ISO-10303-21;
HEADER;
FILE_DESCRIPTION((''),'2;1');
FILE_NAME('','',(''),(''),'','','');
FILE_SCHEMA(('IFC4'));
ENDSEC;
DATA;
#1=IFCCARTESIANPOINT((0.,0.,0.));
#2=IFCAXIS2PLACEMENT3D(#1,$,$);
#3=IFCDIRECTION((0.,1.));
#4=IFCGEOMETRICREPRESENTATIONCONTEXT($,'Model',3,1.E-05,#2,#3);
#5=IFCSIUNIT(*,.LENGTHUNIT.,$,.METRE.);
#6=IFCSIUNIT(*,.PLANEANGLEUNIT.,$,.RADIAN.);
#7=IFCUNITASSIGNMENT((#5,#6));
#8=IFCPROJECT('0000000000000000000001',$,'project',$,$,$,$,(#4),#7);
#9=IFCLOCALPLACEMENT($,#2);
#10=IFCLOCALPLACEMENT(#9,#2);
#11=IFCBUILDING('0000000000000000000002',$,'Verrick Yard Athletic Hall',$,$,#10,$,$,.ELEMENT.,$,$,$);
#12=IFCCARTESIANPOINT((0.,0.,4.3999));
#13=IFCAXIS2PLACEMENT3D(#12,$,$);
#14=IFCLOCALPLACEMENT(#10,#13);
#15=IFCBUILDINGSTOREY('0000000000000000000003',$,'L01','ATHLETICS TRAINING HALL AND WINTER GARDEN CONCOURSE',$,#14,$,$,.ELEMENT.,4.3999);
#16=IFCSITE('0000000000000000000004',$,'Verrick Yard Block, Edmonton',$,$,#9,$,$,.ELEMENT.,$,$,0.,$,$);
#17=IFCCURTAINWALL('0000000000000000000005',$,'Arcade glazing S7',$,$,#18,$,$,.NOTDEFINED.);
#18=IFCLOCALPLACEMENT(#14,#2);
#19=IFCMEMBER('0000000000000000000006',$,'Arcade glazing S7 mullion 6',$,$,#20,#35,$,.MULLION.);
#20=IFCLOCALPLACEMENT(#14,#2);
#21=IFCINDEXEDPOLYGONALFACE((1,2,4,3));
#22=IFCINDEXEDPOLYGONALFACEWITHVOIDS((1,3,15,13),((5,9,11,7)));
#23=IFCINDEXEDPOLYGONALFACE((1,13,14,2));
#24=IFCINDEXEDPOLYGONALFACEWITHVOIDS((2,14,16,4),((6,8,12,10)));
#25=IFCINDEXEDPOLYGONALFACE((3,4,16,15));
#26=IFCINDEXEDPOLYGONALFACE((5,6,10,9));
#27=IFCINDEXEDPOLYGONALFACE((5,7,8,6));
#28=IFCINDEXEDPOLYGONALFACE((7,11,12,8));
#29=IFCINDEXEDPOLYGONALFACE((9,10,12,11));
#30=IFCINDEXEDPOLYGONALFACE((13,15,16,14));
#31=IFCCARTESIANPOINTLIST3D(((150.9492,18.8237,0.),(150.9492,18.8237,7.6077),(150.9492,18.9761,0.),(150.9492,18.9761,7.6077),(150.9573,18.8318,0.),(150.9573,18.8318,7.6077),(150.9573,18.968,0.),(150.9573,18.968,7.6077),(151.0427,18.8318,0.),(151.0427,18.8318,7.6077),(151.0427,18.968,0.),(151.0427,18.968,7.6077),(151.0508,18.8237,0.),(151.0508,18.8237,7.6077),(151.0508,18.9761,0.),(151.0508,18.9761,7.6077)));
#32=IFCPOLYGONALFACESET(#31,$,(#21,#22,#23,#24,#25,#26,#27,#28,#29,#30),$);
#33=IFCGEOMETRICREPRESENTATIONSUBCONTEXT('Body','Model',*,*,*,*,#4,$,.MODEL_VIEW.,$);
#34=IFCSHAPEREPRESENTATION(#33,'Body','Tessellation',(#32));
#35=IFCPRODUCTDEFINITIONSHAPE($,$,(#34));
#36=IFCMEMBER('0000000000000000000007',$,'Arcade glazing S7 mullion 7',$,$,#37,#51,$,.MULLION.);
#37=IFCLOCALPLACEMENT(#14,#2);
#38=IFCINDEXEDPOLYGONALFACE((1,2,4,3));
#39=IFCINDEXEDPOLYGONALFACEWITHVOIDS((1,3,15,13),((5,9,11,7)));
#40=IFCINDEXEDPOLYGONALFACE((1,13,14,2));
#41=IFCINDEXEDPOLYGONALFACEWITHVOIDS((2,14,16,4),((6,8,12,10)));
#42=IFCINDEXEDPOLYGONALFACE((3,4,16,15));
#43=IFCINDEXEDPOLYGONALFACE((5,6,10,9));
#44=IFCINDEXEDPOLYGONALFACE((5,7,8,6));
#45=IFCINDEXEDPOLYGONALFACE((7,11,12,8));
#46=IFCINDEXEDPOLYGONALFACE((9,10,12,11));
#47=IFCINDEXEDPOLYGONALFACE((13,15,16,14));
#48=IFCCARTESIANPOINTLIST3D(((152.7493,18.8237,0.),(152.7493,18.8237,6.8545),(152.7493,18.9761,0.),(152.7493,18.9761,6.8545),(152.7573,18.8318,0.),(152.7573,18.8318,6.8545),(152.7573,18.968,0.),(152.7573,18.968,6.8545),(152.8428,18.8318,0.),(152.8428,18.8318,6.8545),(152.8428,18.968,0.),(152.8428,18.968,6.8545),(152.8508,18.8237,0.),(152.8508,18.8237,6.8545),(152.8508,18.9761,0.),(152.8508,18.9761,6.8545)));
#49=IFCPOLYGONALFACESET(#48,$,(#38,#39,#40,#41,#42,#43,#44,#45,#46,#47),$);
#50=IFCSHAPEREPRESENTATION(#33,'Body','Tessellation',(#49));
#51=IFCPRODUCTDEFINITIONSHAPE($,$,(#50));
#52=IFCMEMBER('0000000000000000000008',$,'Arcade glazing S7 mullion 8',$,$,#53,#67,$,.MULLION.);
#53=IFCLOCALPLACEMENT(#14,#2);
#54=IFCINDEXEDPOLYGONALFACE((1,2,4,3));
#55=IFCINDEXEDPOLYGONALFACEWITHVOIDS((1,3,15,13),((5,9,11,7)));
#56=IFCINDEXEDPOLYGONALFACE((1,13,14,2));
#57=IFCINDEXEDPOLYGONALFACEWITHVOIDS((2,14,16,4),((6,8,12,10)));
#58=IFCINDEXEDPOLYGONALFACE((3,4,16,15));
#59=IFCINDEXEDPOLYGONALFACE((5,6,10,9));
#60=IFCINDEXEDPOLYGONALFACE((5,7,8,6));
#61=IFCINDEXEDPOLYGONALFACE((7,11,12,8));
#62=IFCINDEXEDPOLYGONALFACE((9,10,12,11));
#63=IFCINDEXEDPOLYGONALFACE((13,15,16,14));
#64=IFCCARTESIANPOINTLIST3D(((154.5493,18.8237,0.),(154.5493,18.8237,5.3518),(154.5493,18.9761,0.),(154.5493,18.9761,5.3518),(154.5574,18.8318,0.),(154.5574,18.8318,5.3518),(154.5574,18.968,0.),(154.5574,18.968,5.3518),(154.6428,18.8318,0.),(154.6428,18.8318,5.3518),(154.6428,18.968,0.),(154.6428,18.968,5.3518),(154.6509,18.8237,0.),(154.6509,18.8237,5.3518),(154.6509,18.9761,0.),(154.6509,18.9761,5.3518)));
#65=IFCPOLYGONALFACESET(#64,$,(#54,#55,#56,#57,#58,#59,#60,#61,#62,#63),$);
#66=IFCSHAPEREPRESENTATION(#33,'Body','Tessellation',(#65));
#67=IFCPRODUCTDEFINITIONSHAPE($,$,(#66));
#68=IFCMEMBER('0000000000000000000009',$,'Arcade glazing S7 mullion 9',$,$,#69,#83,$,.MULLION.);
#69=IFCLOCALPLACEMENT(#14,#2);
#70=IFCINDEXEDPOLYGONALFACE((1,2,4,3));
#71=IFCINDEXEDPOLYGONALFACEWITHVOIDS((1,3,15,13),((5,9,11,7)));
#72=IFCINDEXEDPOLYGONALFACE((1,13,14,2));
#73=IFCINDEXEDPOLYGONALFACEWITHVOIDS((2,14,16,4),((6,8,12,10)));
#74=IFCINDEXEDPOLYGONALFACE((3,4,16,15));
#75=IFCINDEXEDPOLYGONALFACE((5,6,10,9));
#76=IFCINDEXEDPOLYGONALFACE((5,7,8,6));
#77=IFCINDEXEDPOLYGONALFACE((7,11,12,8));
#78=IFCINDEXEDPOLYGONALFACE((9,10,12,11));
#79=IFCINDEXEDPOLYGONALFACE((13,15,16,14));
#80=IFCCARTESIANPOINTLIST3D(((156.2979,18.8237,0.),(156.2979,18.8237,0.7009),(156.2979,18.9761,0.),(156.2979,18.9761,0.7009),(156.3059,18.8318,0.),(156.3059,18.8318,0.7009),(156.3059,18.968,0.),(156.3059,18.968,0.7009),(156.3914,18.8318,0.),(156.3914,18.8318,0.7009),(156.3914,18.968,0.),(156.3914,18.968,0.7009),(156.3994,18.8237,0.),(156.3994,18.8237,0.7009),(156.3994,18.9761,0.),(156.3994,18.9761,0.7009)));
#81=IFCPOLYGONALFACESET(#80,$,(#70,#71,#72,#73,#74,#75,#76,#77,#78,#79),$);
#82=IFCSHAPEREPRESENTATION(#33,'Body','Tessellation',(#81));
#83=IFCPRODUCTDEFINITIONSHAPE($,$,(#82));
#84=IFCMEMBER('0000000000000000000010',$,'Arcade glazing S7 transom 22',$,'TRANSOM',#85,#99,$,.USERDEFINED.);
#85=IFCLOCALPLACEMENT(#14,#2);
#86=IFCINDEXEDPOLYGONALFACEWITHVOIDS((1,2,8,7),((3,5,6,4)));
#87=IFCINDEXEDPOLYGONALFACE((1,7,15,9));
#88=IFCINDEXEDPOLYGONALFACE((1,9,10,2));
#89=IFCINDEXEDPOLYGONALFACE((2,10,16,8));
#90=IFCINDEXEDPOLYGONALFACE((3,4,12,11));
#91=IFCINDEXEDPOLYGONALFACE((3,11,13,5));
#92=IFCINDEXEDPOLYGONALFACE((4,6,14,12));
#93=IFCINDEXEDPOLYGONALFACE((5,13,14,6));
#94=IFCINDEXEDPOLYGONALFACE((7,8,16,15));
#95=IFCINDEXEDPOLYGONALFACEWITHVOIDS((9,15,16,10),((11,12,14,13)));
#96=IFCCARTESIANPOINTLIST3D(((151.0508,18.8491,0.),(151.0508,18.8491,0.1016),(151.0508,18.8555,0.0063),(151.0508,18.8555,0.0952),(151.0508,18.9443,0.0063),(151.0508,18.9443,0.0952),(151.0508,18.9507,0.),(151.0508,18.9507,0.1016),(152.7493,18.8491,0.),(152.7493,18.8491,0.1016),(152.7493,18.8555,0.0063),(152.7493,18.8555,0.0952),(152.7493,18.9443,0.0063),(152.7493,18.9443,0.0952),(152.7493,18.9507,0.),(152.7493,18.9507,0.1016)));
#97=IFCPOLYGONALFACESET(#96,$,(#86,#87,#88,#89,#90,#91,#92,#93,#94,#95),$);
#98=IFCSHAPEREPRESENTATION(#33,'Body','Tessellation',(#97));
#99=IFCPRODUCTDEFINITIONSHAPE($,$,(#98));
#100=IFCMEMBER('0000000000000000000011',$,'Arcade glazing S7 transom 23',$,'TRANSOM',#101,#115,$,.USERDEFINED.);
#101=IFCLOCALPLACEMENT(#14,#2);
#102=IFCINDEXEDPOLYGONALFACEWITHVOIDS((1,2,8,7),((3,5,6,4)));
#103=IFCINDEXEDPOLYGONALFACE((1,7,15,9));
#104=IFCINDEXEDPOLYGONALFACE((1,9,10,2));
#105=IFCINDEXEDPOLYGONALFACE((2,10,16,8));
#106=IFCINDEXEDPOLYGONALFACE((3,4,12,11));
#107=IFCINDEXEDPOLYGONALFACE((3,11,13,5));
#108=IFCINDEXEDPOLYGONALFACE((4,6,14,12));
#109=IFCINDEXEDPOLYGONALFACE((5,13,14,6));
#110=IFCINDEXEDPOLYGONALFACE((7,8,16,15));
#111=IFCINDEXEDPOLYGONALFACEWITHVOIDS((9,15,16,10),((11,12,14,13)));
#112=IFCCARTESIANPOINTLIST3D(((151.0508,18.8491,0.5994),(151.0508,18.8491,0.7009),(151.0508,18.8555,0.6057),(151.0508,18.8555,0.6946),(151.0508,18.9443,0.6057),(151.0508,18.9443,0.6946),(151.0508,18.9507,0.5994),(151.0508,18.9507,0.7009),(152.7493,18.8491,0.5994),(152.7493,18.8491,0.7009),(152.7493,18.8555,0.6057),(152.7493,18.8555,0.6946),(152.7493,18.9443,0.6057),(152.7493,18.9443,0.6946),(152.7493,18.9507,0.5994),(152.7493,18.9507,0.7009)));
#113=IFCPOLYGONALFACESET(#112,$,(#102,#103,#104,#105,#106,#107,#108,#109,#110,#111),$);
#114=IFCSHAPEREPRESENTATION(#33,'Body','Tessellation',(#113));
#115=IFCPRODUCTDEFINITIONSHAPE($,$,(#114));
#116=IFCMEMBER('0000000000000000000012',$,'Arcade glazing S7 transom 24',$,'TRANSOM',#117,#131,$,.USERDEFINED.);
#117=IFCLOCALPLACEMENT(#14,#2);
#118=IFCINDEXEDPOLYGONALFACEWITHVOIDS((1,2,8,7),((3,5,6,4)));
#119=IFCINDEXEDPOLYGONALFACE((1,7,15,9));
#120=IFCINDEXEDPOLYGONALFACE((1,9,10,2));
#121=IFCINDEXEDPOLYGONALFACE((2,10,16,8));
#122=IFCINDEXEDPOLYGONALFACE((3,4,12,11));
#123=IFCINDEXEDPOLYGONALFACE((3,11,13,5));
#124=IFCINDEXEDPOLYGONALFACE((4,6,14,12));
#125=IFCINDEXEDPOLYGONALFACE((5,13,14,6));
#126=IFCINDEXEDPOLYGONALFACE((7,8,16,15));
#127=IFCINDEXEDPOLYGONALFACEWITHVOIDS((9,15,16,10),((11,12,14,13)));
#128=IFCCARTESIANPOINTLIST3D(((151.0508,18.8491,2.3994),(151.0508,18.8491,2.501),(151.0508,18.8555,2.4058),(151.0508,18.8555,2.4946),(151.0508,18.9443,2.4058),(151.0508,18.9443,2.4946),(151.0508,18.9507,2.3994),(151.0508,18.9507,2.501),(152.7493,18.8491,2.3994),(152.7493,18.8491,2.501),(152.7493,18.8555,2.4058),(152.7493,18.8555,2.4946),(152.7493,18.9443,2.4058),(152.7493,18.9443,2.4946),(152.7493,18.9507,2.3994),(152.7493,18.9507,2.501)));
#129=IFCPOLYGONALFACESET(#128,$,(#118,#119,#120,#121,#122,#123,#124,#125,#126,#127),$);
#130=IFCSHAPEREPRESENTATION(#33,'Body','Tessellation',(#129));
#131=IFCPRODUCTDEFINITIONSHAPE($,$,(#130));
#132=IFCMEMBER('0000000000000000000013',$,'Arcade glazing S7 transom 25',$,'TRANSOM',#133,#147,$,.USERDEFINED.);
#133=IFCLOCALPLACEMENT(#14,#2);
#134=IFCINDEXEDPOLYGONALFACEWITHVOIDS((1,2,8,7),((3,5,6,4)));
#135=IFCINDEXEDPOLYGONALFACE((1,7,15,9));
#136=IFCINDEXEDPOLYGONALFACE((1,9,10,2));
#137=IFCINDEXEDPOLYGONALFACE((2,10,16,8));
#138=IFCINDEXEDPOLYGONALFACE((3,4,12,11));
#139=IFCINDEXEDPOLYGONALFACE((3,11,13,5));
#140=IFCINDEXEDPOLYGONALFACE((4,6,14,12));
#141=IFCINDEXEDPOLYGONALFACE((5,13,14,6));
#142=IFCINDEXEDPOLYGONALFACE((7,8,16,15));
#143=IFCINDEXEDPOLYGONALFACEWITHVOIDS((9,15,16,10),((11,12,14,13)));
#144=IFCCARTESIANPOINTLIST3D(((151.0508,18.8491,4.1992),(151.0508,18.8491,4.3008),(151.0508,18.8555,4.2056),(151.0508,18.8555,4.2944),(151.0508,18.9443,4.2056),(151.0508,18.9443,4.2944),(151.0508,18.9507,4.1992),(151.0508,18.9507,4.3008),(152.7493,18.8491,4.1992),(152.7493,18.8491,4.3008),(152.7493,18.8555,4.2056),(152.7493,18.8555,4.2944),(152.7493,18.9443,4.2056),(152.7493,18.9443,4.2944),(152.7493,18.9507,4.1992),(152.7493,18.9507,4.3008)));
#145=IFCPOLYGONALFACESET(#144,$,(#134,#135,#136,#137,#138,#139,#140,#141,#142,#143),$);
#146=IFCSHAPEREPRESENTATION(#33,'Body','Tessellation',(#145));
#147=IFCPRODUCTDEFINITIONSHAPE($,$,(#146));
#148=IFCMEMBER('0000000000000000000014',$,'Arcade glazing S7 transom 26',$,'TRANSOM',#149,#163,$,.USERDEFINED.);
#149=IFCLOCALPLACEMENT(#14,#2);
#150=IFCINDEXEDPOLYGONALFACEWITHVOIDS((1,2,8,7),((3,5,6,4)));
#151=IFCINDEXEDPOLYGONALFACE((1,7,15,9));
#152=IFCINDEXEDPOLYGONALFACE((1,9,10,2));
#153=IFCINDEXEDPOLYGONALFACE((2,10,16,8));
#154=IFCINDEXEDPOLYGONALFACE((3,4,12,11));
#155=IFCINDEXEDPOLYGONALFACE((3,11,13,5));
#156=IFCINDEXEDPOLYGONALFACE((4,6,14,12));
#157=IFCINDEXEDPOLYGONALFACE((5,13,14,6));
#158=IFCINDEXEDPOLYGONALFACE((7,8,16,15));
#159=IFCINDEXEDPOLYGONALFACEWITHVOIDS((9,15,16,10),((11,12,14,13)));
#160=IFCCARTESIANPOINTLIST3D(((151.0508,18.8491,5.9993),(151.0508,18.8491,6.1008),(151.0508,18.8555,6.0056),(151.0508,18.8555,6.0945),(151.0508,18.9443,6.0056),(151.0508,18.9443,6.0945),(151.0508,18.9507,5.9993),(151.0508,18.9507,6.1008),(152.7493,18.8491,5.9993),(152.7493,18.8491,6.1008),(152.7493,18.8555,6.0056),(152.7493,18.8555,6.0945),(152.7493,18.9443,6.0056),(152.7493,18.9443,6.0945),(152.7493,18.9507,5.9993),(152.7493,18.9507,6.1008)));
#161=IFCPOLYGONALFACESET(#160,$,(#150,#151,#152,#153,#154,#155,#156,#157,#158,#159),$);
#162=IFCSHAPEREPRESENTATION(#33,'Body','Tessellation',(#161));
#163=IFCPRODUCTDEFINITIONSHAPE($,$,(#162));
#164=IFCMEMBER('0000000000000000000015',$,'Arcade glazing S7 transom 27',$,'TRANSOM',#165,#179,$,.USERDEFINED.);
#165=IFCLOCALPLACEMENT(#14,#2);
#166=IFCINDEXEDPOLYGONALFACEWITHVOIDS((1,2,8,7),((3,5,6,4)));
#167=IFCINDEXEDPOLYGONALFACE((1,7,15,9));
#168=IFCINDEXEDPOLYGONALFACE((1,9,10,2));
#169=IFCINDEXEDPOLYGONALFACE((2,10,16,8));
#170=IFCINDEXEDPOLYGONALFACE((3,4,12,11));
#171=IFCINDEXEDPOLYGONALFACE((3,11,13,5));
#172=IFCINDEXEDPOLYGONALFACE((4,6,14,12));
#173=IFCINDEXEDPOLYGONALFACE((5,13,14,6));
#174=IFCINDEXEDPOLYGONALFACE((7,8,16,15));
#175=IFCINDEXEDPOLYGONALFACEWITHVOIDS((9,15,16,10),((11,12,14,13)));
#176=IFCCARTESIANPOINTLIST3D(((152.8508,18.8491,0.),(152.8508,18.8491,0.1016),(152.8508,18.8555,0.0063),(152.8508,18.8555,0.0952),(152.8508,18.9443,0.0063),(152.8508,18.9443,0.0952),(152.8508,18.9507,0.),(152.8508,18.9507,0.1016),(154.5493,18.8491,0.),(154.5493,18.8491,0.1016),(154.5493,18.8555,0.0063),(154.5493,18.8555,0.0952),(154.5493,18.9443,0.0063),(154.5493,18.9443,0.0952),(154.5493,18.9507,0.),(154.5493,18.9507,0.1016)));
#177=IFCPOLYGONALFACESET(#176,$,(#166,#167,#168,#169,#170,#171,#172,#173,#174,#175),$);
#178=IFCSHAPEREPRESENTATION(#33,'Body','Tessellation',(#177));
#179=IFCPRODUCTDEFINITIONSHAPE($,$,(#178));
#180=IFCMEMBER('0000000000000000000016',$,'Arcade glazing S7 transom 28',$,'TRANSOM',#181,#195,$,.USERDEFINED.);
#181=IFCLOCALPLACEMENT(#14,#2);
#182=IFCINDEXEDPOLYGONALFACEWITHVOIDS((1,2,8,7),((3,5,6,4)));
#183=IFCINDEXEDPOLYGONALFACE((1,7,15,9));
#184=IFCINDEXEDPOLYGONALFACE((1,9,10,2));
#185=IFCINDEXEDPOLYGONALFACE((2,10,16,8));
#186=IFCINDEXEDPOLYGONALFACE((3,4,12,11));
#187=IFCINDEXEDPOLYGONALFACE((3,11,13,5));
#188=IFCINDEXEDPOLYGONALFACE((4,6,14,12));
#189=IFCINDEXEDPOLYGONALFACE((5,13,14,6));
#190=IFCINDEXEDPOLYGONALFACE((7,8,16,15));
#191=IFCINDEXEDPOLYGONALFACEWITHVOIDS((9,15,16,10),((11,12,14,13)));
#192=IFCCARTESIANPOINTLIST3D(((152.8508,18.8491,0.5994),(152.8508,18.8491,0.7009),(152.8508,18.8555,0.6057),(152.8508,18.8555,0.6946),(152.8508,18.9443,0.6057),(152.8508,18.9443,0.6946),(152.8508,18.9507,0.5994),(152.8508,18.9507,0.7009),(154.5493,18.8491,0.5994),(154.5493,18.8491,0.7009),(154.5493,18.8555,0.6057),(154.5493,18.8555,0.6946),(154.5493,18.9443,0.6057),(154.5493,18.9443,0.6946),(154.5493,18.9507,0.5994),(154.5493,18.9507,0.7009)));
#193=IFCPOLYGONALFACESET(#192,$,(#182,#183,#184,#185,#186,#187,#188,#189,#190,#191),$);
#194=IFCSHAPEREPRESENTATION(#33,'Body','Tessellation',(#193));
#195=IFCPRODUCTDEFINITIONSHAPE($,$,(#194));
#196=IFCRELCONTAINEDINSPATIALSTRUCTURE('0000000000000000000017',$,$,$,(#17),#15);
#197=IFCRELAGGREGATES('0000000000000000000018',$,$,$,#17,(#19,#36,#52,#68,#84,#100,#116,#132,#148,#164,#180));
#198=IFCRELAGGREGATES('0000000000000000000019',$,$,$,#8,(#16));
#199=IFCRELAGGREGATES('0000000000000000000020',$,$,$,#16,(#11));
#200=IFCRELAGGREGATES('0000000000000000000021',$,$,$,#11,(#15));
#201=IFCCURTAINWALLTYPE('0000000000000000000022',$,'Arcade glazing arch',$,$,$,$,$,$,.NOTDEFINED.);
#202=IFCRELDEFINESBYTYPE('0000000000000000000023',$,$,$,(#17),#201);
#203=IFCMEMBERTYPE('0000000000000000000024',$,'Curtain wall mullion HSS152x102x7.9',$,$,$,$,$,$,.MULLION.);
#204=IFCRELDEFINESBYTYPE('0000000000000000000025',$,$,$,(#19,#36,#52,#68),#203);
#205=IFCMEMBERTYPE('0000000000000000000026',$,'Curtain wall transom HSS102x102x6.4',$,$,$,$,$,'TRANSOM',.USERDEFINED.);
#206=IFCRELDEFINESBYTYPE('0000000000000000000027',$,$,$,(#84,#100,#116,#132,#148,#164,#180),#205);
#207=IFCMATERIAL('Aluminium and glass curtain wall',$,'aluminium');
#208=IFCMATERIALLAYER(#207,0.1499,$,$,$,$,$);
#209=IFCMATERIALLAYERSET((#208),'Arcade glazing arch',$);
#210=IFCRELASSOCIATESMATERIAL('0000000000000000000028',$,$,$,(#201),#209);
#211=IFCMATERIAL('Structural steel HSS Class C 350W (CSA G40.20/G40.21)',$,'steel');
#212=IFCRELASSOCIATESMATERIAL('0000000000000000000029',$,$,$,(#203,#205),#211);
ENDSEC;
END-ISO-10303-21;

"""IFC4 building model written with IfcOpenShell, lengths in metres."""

from ifc_helpers import new_model, si_unit, direction, frame, origin, origin_2d, place, context, subcontext, project, spatial, hollow_rectangle, extrude, material, layer, layer_set, material_profile, profile_set, type_object, element, aggregate, save


model = new_model("IFC4")

# Units and contexts
model_context = context("Model", 3, precision=1e-05, world=origin(), true_north=direction((0.0, 1.0)))
body_context = subcontext(model_context, "Body", "Model", "MODEL_VIEW")
ifc_project = project(units=[si_unit("LENGTHUNIT", "METRE"), si_unit("PLANEANGLEUNIT", "RADIAN")], contexts=[model_context])

# Site, building, storey
site_placement = place(None, origin())
site = spatial("IfcSite", under=ifc_project, at=site_placement, Name="Verrick Yard Block, Edmonton", CompositionType="ELEMENT", RefElevation=0.0)
building_placement = place(site_placement, origin())
building = spatial("IfcBuilding", under=site, at=building_placement, Name="Verrick Yard Athletic Hall", CompositionType="ELEMENT")
storey_placement = place(building_placement, frame((0.0, 0.0, 4.3999)))
storey = spatial("IfcBuildingStorey", under=building, at=storey_placement, Name="L01", Description="ATHLETICS TRAINING HALL AND WINTER GARDEN CONCOURSE", CompositionType="ELEMENT", Elevation=4.3999)

# Curtain wall, members
ifc_material_1 = material(Name="Aluminium and glass curtain wall", Category="aluminium")
ifc_layer_1 = layer(ifc_material_1, 0.1499)
ifc_layer_set_1 = layer_set([ifc_layer_1], Name="Arcade glazing arch")
curtain_wall_type = type_object("IfcCurtainWallType", Name="Arcade glazing arch", PredefinedType="NOTDEFINED", material=ifc_layer_set_1)
curtain_wall_placement = place(storey_placement, origin())
curtain_wall = element("IfcCurtainWall", 1, at=curtain_wall_placement, inside=storey, type_object=curtain_wall_type, Name="Arcade glazing S7", PredefinedType="NOTDEFINED")
ifc_material_2 = material(Name="Structural steel HSS Class C 350W (CSA G40.20/G40.21)", Category="steel")
ifc_material_profile_1 = material_profile(ifc_material_2, hollow_rectangle(XDim=0.1016, YDim=0.1523, WallThickness=0.0081, at=origin_2d()), Name="HSS152x102x7.9")
ifc_profile_set_1 = profile_set([ifc_material_profile_1], Name="Structural steel HSS Class C 350W (CSA G40.20/G40.21)")
member_type_1 = type_object("IfcMemberType", Name="Curtain wall mullion HSS152x102x7.9", PredefinedType="MULLION", material=ifc_profile_set_1)
member_1_placement = place(storey_placement, frame((151.0, 18.8999, 0.0), z_axis=(0.0, 0.0, 1.0), x_axis=(1.0, 0.0, 0.0)))
member_1 = element("IfcMember", 2, at=member_1_placement, type_object=member_type_1, Name="Arcade glazing S7 mullion 6", PredefinedType="MULLION", context=body_context, shape_type="SweptSolid", body=[
    extrude(hollow_rectangle(XDim=0.1016, YDim=0.1523, WallThickness=0.0081, at=origin_2d()), origin(), (0.0, 0.0, 1.0), 7.6077),
])
member_2_placement = place(storey_placement, frame((152.8, 18.8999, 0.0), z_axis=(0.0, 0.0, 1.0), x_axis=(1.0, 0.0, 0.0)))
member_2 = element("IfcMember", 3, at=member_2_placement, type_object=member_type_1, Name="Arcade glazing S7 mullion 7", PredefinedType="MULLION", context=body_context, shape_type="SweptSolid", body=[
    extrude(hollow_rectangle(XDim=0.1016, YDim=0.1523, WallThickness=0.0081, at=origin_2d()), origin(), (0.0, 0.0, 1.0), 6.8545),
])
member_3_placement = place(storey_placement, frame((154.6001, 18.8999, 0.0), z_axis=(0.0, 0.0, 1.0), x_axis=(1.0, 0.0, 0.0)))
member_3 = element("IfcMember", 4, at=member_3_placement, type_object=member_type_1, Name="Arcade glazing S7 mullion 8", PredefinedType="MULLION", context=body_context, shape_type="SweptSolid", body=[
    extrude(hollow_rectangle(XDim=0.1016, YDim=0.1523, WallThickness=0.0081, at=origin_2d()), origin(), (0.0, 0.0, 1.0), 5.3518),
])
member_4_placement = place(storey_placement, frame((156.3486, 18.8999, 0.0), z_axis=(0.0, 0.0, 1.0), x_axis=(1.0, 0.0, 0.0)))
member_4 = element("IfcMember", 5, at=member_4_placement, type_object=member_type_1, Name="Arcade glazing S7 mullion 9", PredefinedType="MULLION", context=body_context, shape_type="SweptSolid", body=[
    extrude(hollow_rectangle(XDim=0.1016, YDim=0.1523, WallThickness=0.0081, at=origin_2d()), origin(), (0.0, 0.0, 1.0), 0.7009),
])
ifc_material_profile_2 = material_profile(ifc_material_2, hollow_rectangle(XDim=0.1016, YDim=0.1016, WallThickness=0.0063, at=origin_2d()), Name="HSS102x102x6.4")
ifc_profile_set_2 = profile_set([ifc_material_profile_2], Name="Structural steel HSS Class C 350W (CSA G40.20/G40.21)")
member_type_2 = type_object("IfcMemberType", Name="Curtain wall transom HSS102x102x6.4", ElementType="TRANSOM", PredefinedType="USERDEFINED", material=ifc_profile_set_2)
member_5_placement = place(storey_placement, frame((151.0508, 18.8999, 0.0508), z_axis=(1.0, 0.0, 0.0), x_axis=(0.0, 1.0, 0.0)))
member_5 = element("IfcMember", 6, at=member_5_placement, type_object=member_type_2, Name="Arcade glazing S7 transom 22", ObjectType="TRANSOM", PredefinedType="USERDEFINED", context=body_context, shape_type="SweptSolid", body=[
    extrude(hollow_rectangle(XDim=0.1016, YDim=0.1016, WallThickness=0.0063, at=origin_2d()), origin(), (0.0, 0.0, 1.0), 1.6985),
])
member_6_placement = place(storey_placement, frame((151.0508, 18.8999, 0.6501), z_axis=(1.0, 0.0, 0.0), x_axis=(0.0, 1.0, 0.0)))
member_6 = element("IfcMember", 7, at=member_6_placement, type_object=member_type_2, Name="Arcade glazing S7 transom 23", ObjectType="TRANSOM", PredefinedType="USERDEFINED", context=body_context, shape_type="SweptSolid", body=[
    extrude(hollow_rectangle(XDim=0.1016, YDim=0.1016, WallThickness=0.0063, at=origin_2d()), origin(), (0.0, 0.0, 1.0), 1.6985),
])
member_7_placement = place(storey_placement, frame((151.0508, 18.8999, 2.4502), z_axis=(1.0, 0.0, 0.0), x_axis=(0.0, 1.0, 0.0)))
member_7 = element("IfcMember", 8, at=member_7_placement, type_object=member_type_2, Name="Arcade glazing S7 transom 24", ObjectType="TRANSOM", PredefinedType="USERDEFINED", context=body_context, shape_type="SweptSolid", body=[
    extrude(hollow_rectangle(XDim=0.1016, YDim=0.1016, WallThickness=0.0063, at=origin_2d()), origin(), (0.0, 0.0, 1.0), 1.6985),
])
member_8_placement = place(storey_placement, frame((151.0508, 18.8999, 4.25), z_axis=(1.0, 0.0, 0.0), x_axis=(0.0, 1.0, 0.0)))
member_8 = element("IfcMember", 9, at=member_8_placement, type_object=member_type_2, Name="Arcade glazing S7 transom 25", ObjectType="TRANSOM", PredefinedType="USERDEFINED", context=body_context, shape_type="SweptSolid", body=[
    extrude(hollow_rectangle(XDim=0.1016, YDim=0.1016, WallThickness=0.0063, at=origin_2d()), origin(), (0.0, 0.0, 1.0), 1.6985),
])
member_9_placement = place(storey_placement, frame((151.0508, 18.8999, 6.05), z_axis=(1.0, 0.0, 0.0), x_axis=(0.0, 1.0, 0.0)))
member_9 = element("IfcMember", 10, at=member_9_placement, type_object=member_type_2, Name="Arcade glazing S7 transom 26", ObjectType="TRANSOM", PredefinedType="USERDEFINED", context=body_context, shape_type="SweptSolid", body=[
    extrude(hollow_rectangle(XDim=0.1016, YDim=0.1016, WallThickness=0.0063, at=origin_2d()), origin(), (0.0, 0.0, 1.0), 1.6985),
])
member_10_placement = place(storey_placement, frame((152.8508, 18.8999, 0.0508), z_axis=(1.0, 0.0, 0.0), x_axis=(0.0, 1.0, 0.0)))
member_10 = element("IfcMember", 11, at=member_10_placement, type_object=member_type_2, Name="Arcade glazing S7 transom 27", ObjectType="TRANSOM", PredefinedType="USERDEFINED", context=body_context, shape_type="SweptSolid", body=[
    extrude(hollow_rectangle(XDim=0.1016, YDim=0.1016, WallThickness=0.0063, at=origin_2d()), origin(), (0.0, 0.0, 1.0), 1.6985),
])
member_11_placement = place(storey_placement, frame((152.8508, 18.8999, 0.6501), z_axis=(1.0, 0.0, 0.0), x_axis=(0.0, 1.0, 0.0)))
member_11 = element("IfcMember", 12, at=member_11_placement, type_object=member_type_2, Name="Arcade glazing S7 transom 28", ObjectType="TRANSOM", PredefinedType="USERDEFINED", context=body_context, shape_type="SweptSolid", body=[
    extrude(hollow_rectangle(XDim=0.1016, YDim=0.1016, WallThickness=0.0063, at=origin_2d()), origin(), (0.0, 0.0, 1.0), 1.6985),
])
aggregate(curtain_wall, [member_1, member_2, member_3, member_4, member_5, member_6, member_7, member_8, member_9, member_10, member_11])

save(model, "model.ifc")
